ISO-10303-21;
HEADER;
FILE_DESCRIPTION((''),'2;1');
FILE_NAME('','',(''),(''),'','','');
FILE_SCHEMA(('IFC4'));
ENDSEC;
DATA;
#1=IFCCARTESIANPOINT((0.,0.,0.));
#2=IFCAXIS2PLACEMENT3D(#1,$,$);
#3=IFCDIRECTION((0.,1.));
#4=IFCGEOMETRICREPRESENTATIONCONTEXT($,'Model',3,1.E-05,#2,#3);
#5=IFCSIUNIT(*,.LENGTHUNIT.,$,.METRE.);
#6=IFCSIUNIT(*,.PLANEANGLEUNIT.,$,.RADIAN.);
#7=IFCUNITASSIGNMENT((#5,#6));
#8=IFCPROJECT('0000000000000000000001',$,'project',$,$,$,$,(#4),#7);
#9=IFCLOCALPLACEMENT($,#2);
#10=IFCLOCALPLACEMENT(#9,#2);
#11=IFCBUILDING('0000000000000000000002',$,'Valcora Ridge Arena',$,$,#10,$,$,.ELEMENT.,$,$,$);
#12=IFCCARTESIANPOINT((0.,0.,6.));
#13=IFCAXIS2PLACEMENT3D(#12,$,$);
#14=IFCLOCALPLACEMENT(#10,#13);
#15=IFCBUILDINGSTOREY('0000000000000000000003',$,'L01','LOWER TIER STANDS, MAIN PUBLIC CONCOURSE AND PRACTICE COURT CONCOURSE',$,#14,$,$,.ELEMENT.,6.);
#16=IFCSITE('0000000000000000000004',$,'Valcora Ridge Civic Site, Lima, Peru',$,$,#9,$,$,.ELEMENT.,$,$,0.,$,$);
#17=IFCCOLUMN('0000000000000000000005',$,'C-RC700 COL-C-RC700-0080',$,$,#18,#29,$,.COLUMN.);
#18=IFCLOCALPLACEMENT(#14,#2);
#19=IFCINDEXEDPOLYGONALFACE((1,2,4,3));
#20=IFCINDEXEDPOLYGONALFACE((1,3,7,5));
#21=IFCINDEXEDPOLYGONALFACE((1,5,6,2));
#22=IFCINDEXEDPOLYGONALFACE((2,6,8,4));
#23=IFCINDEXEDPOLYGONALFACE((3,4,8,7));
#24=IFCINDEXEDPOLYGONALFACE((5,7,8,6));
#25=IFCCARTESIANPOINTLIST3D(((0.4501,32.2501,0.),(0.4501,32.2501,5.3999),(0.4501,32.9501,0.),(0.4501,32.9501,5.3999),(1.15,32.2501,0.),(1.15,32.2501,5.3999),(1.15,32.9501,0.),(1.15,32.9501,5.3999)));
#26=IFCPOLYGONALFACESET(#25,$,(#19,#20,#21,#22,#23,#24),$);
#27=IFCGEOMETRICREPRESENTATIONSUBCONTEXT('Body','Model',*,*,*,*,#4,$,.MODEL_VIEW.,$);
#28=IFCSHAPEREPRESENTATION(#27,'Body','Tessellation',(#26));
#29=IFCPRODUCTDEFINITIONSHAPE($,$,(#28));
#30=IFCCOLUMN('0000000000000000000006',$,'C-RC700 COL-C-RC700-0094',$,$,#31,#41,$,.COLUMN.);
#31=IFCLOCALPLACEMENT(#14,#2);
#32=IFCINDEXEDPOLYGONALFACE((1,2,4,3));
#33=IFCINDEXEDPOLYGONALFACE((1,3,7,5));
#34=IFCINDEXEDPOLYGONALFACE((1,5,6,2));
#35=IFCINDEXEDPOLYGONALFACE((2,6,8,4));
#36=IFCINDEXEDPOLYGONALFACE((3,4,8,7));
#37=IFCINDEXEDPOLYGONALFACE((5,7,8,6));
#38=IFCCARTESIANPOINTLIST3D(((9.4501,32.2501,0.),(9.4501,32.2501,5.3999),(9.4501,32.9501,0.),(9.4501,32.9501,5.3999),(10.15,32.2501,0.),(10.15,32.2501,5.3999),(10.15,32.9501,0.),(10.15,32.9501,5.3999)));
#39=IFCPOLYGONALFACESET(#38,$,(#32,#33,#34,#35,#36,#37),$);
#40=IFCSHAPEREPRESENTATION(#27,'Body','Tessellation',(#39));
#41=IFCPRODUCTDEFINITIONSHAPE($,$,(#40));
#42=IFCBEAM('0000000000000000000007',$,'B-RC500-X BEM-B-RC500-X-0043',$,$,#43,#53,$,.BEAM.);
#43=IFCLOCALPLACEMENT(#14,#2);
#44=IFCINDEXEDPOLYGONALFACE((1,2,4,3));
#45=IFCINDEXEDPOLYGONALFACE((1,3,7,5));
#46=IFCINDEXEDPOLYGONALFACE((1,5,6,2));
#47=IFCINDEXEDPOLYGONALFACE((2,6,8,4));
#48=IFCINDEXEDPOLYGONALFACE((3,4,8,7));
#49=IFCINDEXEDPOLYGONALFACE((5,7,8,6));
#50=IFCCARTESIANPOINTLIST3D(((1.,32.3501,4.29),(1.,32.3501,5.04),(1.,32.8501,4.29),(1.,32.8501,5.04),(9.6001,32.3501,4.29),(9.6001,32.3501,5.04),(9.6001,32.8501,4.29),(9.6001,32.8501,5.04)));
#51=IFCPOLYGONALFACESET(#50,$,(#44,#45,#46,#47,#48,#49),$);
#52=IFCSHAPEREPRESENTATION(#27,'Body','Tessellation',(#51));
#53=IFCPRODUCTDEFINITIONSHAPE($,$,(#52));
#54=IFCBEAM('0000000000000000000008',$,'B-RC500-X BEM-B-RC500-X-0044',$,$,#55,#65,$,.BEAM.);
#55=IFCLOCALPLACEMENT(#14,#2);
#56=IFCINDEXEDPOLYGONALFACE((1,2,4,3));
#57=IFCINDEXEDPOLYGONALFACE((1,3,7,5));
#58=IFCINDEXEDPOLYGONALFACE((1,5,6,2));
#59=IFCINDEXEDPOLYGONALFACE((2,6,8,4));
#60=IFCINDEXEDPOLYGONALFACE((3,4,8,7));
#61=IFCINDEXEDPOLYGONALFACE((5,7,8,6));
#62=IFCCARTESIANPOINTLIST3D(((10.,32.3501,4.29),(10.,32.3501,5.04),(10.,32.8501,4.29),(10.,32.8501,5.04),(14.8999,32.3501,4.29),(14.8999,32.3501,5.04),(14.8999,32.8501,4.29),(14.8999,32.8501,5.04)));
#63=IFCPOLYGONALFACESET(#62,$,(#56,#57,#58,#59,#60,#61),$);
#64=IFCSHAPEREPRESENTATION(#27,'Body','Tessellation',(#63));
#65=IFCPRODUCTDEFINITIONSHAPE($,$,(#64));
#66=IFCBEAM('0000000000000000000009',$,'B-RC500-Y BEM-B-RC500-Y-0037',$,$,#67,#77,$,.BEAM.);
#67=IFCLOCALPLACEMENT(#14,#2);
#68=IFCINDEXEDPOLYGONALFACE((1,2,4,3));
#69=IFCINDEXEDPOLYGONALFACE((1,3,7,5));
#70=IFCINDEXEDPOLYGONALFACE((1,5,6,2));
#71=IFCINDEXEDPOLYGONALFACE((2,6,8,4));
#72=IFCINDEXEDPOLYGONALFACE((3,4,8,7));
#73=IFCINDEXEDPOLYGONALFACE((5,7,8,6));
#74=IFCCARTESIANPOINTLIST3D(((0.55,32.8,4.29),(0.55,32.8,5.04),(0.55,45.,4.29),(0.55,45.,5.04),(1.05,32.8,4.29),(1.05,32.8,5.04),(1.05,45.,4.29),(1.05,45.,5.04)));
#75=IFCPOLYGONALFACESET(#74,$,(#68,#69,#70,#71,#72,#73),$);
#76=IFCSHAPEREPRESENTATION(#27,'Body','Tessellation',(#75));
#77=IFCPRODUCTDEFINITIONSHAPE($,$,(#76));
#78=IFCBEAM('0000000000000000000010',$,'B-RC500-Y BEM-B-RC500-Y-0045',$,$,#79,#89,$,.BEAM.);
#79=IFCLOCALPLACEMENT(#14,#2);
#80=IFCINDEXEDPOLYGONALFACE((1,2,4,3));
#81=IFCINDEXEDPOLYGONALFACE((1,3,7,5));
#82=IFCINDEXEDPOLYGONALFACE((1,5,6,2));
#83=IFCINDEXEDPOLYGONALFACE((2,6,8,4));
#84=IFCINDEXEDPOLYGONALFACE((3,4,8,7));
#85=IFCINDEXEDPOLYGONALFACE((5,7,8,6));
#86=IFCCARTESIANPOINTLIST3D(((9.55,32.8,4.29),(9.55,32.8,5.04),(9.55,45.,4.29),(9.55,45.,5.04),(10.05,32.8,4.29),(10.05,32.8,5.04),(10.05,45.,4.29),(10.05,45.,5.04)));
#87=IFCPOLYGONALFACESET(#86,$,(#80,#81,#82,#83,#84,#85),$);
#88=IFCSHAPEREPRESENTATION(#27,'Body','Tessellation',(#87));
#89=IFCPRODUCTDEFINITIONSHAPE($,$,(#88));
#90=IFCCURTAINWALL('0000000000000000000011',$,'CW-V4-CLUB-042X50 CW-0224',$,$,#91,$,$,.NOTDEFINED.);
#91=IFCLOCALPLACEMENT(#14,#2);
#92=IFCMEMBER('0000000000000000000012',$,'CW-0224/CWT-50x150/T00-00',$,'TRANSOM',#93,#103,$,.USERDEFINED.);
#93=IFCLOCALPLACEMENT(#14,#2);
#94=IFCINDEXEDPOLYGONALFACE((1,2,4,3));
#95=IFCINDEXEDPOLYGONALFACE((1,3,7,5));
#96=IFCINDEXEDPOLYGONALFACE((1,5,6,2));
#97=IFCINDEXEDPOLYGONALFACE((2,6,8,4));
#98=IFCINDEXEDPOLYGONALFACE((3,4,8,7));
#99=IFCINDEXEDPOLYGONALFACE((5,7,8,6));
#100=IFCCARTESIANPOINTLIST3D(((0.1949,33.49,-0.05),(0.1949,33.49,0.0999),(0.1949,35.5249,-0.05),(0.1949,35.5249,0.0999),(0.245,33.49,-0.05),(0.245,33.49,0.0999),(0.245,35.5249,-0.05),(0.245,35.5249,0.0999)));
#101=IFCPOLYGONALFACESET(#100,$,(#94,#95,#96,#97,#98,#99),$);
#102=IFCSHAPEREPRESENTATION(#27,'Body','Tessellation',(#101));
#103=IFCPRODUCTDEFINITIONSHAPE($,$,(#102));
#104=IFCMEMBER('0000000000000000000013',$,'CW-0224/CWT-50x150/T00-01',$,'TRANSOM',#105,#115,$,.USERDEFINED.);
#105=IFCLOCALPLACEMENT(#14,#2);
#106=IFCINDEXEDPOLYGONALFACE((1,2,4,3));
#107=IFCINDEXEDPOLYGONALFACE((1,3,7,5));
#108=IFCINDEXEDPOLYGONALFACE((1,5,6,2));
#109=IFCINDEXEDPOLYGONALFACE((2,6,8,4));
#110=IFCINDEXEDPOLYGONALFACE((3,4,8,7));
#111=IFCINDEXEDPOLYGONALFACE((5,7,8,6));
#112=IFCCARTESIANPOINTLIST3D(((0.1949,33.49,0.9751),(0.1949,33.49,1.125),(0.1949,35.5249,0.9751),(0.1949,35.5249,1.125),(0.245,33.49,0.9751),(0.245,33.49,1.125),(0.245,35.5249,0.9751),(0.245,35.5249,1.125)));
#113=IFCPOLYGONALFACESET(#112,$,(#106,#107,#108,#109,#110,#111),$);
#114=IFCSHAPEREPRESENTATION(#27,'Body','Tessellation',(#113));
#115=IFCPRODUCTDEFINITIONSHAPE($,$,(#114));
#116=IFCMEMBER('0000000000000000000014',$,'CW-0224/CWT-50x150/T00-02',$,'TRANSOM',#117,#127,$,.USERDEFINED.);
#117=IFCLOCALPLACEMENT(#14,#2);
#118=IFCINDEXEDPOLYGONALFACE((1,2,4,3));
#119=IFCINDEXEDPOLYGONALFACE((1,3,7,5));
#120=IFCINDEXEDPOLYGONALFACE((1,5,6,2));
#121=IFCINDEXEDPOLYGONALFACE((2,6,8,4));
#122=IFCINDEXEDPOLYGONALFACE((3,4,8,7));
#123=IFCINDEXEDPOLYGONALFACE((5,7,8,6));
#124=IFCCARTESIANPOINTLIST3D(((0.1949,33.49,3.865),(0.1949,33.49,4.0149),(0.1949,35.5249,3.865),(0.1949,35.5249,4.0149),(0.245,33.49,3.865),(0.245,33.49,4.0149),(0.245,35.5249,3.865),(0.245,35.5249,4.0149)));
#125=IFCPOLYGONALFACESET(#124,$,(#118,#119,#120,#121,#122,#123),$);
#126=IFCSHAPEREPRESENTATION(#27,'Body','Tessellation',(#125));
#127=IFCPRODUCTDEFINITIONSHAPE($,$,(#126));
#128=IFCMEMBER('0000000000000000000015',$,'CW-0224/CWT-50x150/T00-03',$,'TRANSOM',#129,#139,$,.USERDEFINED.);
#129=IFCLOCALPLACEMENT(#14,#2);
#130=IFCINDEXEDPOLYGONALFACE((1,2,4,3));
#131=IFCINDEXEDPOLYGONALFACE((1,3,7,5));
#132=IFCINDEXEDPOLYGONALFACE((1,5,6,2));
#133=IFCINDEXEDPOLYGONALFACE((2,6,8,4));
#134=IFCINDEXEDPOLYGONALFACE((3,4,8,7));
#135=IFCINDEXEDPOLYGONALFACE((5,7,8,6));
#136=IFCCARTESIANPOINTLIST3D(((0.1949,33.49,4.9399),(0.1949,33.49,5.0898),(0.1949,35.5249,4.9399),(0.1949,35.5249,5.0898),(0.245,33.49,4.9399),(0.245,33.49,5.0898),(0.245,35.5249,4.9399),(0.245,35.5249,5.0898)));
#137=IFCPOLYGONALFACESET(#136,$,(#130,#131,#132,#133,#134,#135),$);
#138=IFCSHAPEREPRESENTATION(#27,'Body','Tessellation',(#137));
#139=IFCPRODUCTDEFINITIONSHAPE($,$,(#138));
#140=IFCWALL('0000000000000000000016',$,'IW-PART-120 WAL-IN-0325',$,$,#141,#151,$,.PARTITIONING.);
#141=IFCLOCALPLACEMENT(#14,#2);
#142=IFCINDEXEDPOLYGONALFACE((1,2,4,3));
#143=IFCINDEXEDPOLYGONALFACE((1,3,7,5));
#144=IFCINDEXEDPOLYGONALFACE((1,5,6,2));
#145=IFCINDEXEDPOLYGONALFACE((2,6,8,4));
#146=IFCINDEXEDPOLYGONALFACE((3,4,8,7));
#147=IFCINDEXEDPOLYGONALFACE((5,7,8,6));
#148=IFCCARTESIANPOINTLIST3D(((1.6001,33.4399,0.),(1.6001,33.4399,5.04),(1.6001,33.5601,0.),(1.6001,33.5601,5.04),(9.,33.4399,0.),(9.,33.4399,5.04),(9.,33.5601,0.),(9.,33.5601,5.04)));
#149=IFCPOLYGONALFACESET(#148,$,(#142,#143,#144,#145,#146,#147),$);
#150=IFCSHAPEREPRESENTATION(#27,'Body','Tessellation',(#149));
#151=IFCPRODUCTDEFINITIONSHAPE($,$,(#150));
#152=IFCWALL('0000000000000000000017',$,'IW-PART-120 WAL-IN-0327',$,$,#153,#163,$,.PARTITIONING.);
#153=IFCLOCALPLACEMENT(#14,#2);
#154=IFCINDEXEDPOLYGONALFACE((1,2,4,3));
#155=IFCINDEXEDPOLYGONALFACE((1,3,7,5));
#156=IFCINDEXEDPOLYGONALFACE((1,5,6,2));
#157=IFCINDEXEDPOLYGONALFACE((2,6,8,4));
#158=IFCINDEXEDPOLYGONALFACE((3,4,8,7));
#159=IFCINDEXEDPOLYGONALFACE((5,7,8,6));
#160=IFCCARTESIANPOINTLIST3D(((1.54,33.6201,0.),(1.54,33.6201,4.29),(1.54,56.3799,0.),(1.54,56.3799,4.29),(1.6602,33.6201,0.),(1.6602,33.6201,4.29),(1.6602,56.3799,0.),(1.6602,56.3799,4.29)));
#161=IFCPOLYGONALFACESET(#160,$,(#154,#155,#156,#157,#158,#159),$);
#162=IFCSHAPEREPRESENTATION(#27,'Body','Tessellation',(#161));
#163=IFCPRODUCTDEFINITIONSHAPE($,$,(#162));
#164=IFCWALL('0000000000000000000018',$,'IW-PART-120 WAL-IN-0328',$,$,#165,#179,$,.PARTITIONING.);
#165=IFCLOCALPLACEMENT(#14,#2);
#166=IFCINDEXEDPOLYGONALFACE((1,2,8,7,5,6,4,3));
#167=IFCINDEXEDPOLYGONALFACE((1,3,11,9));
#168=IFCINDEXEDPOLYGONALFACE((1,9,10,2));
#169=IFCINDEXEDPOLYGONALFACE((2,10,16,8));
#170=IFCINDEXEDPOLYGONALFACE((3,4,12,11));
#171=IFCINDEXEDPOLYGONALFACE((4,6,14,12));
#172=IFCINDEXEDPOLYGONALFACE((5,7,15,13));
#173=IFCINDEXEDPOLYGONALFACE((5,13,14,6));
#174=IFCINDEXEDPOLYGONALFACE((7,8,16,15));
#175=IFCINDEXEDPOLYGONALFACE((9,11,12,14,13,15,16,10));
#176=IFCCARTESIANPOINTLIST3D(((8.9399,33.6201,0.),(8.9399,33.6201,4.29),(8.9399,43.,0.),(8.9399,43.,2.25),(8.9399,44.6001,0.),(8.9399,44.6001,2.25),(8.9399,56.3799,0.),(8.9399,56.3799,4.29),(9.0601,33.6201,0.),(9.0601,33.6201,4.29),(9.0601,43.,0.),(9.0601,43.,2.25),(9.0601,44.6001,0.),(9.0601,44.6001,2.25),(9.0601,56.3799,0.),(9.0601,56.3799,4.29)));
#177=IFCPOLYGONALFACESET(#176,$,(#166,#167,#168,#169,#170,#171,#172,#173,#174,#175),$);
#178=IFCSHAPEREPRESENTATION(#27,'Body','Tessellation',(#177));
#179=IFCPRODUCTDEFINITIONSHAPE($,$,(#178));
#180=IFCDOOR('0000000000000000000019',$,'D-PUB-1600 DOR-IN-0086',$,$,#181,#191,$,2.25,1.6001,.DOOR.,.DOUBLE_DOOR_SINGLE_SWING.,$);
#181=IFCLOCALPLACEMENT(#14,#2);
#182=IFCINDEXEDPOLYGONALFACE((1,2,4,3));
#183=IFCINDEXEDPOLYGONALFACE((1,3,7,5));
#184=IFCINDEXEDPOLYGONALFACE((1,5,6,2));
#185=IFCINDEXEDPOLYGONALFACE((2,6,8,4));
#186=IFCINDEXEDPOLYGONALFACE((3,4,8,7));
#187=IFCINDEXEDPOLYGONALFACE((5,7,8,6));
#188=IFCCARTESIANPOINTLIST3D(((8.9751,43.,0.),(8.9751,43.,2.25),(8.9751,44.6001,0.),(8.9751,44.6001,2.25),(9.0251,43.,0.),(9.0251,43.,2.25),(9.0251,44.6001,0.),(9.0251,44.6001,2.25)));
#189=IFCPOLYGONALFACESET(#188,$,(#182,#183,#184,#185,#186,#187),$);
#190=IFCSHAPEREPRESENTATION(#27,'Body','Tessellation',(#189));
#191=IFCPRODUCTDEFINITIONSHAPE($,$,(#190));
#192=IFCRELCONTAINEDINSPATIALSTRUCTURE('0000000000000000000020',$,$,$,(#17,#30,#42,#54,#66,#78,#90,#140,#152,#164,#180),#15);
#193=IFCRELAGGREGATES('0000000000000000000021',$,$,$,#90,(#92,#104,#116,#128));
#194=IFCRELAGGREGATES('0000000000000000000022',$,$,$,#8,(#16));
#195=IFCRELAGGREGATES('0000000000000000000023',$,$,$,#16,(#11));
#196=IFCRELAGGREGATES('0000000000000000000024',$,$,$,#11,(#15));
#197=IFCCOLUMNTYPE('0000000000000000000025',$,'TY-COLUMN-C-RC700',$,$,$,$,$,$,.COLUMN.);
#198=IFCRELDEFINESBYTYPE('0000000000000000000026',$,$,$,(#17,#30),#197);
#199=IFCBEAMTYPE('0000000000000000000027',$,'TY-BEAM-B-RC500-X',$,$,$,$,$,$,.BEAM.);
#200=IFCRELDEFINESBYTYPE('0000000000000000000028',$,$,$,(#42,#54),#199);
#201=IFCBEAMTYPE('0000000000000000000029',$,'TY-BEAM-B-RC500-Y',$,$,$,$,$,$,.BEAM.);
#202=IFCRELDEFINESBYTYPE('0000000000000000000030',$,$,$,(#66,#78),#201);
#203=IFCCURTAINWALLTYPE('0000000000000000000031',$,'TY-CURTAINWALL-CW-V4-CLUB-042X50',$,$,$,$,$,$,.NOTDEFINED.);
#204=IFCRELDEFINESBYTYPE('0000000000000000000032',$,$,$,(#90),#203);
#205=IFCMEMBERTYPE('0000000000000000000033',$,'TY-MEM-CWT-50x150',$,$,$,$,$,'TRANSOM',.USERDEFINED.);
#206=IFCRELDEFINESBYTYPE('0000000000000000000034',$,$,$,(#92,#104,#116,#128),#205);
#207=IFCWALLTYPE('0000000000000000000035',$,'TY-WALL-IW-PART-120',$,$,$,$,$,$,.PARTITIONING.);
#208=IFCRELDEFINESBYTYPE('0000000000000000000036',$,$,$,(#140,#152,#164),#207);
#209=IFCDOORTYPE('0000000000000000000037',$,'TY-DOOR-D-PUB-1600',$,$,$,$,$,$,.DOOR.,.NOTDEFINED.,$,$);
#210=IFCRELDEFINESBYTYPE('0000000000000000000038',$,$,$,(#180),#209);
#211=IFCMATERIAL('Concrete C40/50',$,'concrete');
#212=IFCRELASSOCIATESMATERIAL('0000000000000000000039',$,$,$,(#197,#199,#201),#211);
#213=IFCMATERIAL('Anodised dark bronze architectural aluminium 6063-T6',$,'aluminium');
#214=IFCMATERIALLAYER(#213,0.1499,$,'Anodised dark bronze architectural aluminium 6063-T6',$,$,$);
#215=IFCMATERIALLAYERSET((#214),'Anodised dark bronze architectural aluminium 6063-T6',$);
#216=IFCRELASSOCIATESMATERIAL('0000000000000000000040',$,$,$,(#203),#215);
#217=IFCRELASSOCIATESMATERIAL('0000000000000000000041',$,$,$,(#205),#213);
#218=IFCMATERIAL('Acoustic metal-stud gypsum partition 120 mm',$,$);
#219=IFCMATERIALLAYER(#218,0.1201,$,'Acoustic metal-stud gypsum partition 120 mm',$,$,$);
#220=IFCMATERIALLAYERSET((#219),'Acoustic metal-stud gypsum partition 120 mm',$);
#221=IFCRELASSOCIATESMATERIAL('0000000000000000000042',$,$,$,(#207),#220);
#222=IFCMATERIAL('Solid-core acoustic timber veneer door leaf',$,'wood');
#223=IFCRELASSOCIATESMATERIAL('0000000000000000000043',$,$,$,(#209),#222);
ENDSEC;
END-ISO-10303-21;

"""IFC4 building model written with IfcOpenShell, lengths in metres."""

from ifc_helpers import new_model, si_unit, direction, frame, frame_2d, origin, origin_2d, place, context, subcontext, project, spatial, rectangle, extrude, material, layer, layer_set, material_profile, profile_set, type_object, element, fill, aggregate, save


model = new_model("IFC4")

# Units and contexts
model_context = context("Model", 3, precision=1e-05, world=origin(), true_north=direction((0.0, 1.0)))
body_context = subcontext(model_context, "Body", "Model", "MODEL_VIEW")
ifc_project = project(units=[si_unit("LENGTHUNIT", "METRE"), si_unit("PLANEANGLEUNIT", "RADIAN")], contexts=[model_context])

# Site, building, storey
site_placement = place(None, origin())
site = spatial("IfcSite", under=ifc_project, at=site_placement, Name="Valcora Ridge Civic Site, Lima, Peru", CompositionType="ELEMENT", RefElevation=0.0)
building_placement = place(site_placement, origin())
building = spatial("IfcBuilding", under=site, at=building_placement, Name="Valcora Ridge Arena", CompositionType="ELEMENT")
storey_placement = place(building_placement, frame((0.0, 0.0, 6.0)))
storey = spatial("IfcBuildingStorey", under=building, at=storey_placement, Name="L01", Description="LOWER TIER STANDS, MAIN PUBLIC CONCOURSE AND PRACTICE COURT CONCOURSE", CompositionType="ELEMENT", Elevation=6.0)

# Columns
ifc_material_1 = material(Name="Concrete C40/50", Category="concrete")
ifc_material_profile_1 = material_profile(ifc_material_1, rectangle(XDim=0.7, YDim=0.7, at=origin_2d()), Name="RC 700x700")
ifc_profile_set_1 = profile_set([ifc_material_profile_1], Name="Concrete C40/50")
column_type = type_object("IfcColumnType", Name="TY-COLUMN-C-RC700", PredefinedType="COLUMN", material=ifc_profile_set_1)
for number, where, z_axis, x_axis, name in (
    (1, (0.8, 32.6001, 0.0), (0.0, 0.0, 1.0), (1.0, 0.0, 0.0), "C-RC700 COL-C-RC700-0080"),
    (2, (9.8, 32.6001, 0.0), (0.0, 0.0, 1.0), (1.0, 0.0, 0.0), "C-RC700 COL-C-RC700-0094"),
):
    element("IfcColumn", number, at=place(storey_placement, frame(where, z_axis=z_axis, x_axis=x_axis)), inside=storey, type_object=column_type, Name=name, PredefinedType="COLUMN", context=body_context, shape_type="SweptSolid", body=[
        extrude(rectangle(XDim=0.7, YDim=0.7, at=origin_2d()), origin(), (0.0, 0.0, 1.0), 5.3999),
    ])

# Beams
ifc_material_profile_2 = material_profile(ifc_material_1, rectangle(XDim=0.5, YDim=0.75, at=origin_2d()), Name="RC 500x750")
ifc_profile_set_2 = profile_set([ifc_material_profile_2], Name="Concrete C40/50")
beam_type_1 = type_object("IfcBeamType", Name="TY-BEAM-B-RC500-X", PredefinedType="BEAM", material=ifc_profile_set_2)
beam_1_placement = place(storey_placement, frame((1.0, 32.6001, 4.665), z_axis=(1.0, 0.0, 0.0), x_axis=(0.0, 1.0, 0.0)))
element("IfcBeam", 3, at=beam_1_placement, inside=storey, type_object=beam_type_1, Name="B-RC500-X BEM-B-RC500-X-0043", PredefinedType="BEAM", context=body_context, shape_type="SweptSolid", body=[
    extrude(rectangle(XDim=0.5, YDim=0.75, at=origin_2d()), origin(), (0.0, 0.0, 1.0), 8.6001),
])
beam_2_placement = place(storey_placement, frame((10.0, 32.6001, 4.665), z_axis=(1.0, 0.0, 0.0), x_axis=(0.0, 1.0, 0.0)))
element("IfcBeam", 4, at=beam_2_placement, inside=storey, type_object=beam_type_1, Name="B-RC500-X BEM-B-RC500-X-0044", PredefinedType="BEAM", context=body_context, shape_type="SweptSolid", body=[
    extrude(rectangle(XDim=0.5, YDim=0.75, at=origin_2d()), origin(), (0.0, 0.0, 1.0), 4.8999),
])
ifc_material_profile_3 = material_profile(ifc_material_1, rectangle(XDim=0.5, YDim=0.75, at=origin_2d()), Name="RC 500x750")
ifc_profile_set_3 = profile_set([ifc_material_profile_3], Name="Concrete C40/50")
beam_type_2 = type_object("IfcBeamType", Name="TY-BEAM-B-RC500-Y", PredefinedType="BEAM", material=ifc_profile_set_3)
for number, where, z_axis, x_axis, name in (
    (5, (0.8, 32.8, 4.665), (0.0, 1.0, 0.0), (-1.0, 0.0, 0.0), "B-RC500-Y BEM-B-RC500-Y-0037"),
    (6, (9.8, 32.8, 4.665), (0.0, 1.0, 0.0), (-1.0, 0.0, 0.0), "B-RC500-Y BEM-B-RC500-Y-0045"),
):
    element("IfcBeam", number, at=place(storey_placement, frame(where, z_axis=z_axis, x_axis=x_axis)), inside=storey, type_object=beam_type_2, Name=name, PredefinedType="BEAM", context=body_context, shape_type="SweptSolid", body=[
        extrude(rectangle(XDim=0.5, YDim=0.75, at=origin_2d()), origin(), (0.0, 0.0, 1.0), 12.2),
    ])

# Curtain wall, members
ifc_material_2 = material(Name="Anodised dark bronze architectural aluminium 6063-T6", Category="aluminium")
ifc_layer_1 = layer(ifc_material_2, 0.1499, Name="Anodised dark bronze architectural aluminium 6063-T6")
ifc_layer_set_1 = layer_set([ifc_layer_1], Name="Anodised dark bronze architectural aluminium 6063-T6")
curtain_wall_type = type_object("IfcCurtainWallType", Name="TY-CURTAINWALL-CW-V4-CLUB-042X50", PredefinedType="NOTDEFINED", material=ifc_layer_set_1)
curtain_wall_placement = place(storey_placement, origin())
curtain_wall = element("IfcCurtainWall", 7, at=curtain_wall_placement, inside=storey, type_object=curtain_wall_type, Name="CW-V4-CLUB-042X50 CW-0224", PredefinedType="NOTDEFINED")
ifc_material_profile_4 = material_profile(ifc_material_2, rectangle(XDim=0.05, YDim=0.1499, at=origin_2d()), Name="ALU TRANSOM 50x150")
ifc_profile_set_4 = profile_set([ifc_material_profile_4], Name="Anodised dark bronze architectural aluminium 6063-T6")
member_type = type_object("IfcMemberType", Name="TY-MEM-CWT-50x150", ElementType="TRANSOM", PredefinedType="USERDEFINED", material=ifc_profile_set_4)
member_1_placement = place(storey_placement, frame((0.22, 33.49, 0.0249), z_axis=(0.0, 1.0, 0.0), x_axis=(-1.0, 0.0, 0.0)))
member_1 = element("IfcMember", 8, at=member_1_placement, type_object=member_type, Name="CW-0224/CWT-50x150/T00-00", ObjectType="TRANSOM", PredefinedType="USERDEFINED", context=body_context, shape_type="SweptSolid", body=[
    extrude(rectangle(XDim=0.05, YDim=0.1499, at=origin_2d()), origin(), (0.0, 0.0, 1.0), 2.0349),
])
member_2_placement = place(storey_placement, frame((0.22, 33.49, 1.05), z_axis=(0.0, 1.0, 0.0), x_axis=(-1.0, 0.0, 0.0)))
member_2 = element("IfcMember", 9, at=member_2_placement, type_object=member_type, Name="CW-0224/CWT-50x150/T00-01", ObjectType="TRANSOM", PredefinedType="USERDEFINED", context=body_context, shape_type="SweptSolid", body=[
    extrude(rectangle(XDim=0.05, YDim=0.1499, at=origin_2d()), origin(), (0.0, 0.0, 1.0), 2.0349),
])
member_3_placement = place(storey_placement, frame((0.22, 33.49, 3.9399), z_axis=(0.0, 1.0, 0.0), x_axis=(-1.0, 0.0, 0.0)))
member_3 = element("IfcMember", 10, at=member_3_placement, type_object=member_type, Name="CW-0224/CWT-50x150/T00-02", ObjectType="TRANSOM", PredefinedType="USERDEFINED", context=body_context, shape_type="SweptSolid", body=[
    extrude(rectangle(XDim=0.05, YDim=0.1499, at=origin_2d()), origin(), (0.0, 0.0, 1.0), 2.0349),
])
member_4_placement = place(storey_placement, frame((0.22, 33.49, 5.0149), z_axis=(0.0, 1.0, 0.0), x_axis=(-1.0, 0.0, 0.0)))
member_4 = element("IfcMember", 11, at=member_4_placement, type_object=member_type, Name="CW-0224/CWT-50x150/T00-03", ObjectType="TRANSOM", PredefinedType="USERDEFINED", context=body_context, shape_type="SweptSolid", body=[
    extrude(rectangle(XDim=0.05, YDim=0.1499, at=origin_2d()), origin(), (0.0, 0.0, 1.0), 2.0349),
])
aggregate(curtain_wall, [member_1, member_2, member_3, member_4])

# Walls
ifc_material_3 = material(Name="Acoustic metal-stud gypsum partition 120 mm")
ifc_layer_2 = layer(ifc_material_3, 0.1201, Name="Acoustic metal-stud gypsum partition 120 mm")
ifc_layer_set_2 = layer_set([ifc_layer_2], Name="Acoustic metal-stud gypsum partition 120 mm")
wall_type_1 = type_object("IfcWallType", Name="TY-WALL-IW-PART-120", PredefinedType="PARTITIONING", material=ifc_layer_set_2)
wall_1_placement = place(storey_placement, frame((1.6001, 33.5, 0.0), z_axis=(0.0, 0.0, 1.0), x_axis=(1.0, 0.0, 0.0)))
element("IfcWall", 12, at=wall_1_placement, inside=storey, type_object=wall_type_1, Name="IW-PART-120 WAL-IN-0325", PredefinedType="PARTITIONING", context=body_context, shape_type="SweptSolid", body=[
    extrude(rectangle(XDim=7.3999, YDim=0.1201, at=frame_2d((3.7, 0.0))), origin(), (0.0, 0.0, 1.0), 5.04),
])
wall_2_placement = place(storey_placement, frame((1.6001, 33.6201, 0.0), z_axis=(0.0, 0.0, 1.0), x_axis=(0.0, 1.0, 0.0)))
element("IfcWall", 13, at=wall_2_placement, inside=storey, type_object=wall_type_1, Name="IW-PART-120 WAL-IN-0327", PredefinedType="PARTITIONING", context=body_context, shape_type="SweptSolid", body=[
    extrude(rectangle(XDim=22.7598, YDim=0.1201, at=frame_2d((11.3799, 0.0))), origin(), (0.0, 0.0, 1.0), 4.29),
])

# Wall, opening, door
wall_3_placement = place(storey_placement, frame((9.0, 33.6201, 0.0), z_axis=(0.0, 0.0, 1.0), x_axis=(0.0, 1.0, 0.0)))
wall_3 = element("IfcWall", 14, at=wall_3_placement, inside=storey, type_object=wall_type_1, Name="IW-PART-120 WAL-IN-0328", PredefinedType="PARTITIONING", context=body_context, shape_type="SweptSolid", body=[
    extrude(rectangle(XDim=22.7598, YDim=0.1201, at=frame_2d((11.3799, 0.0))), origin(), (0.0, 0.0, 1.0), 4.29),
])
opening_placement = place(wall_3_placement, frame((9.3799, 0.0, 0.0)))
opening = element("IfcOpeningElement", 15, at=opening_placement, cuts=wall_3, PredefinedType="OPENING", context=body_context, shape_type="SweptSolid", body=[
    extrude(rectangle(XDim=1.6001, YDim=2.25, at=frame_2d((0.8, 1.125))), frame((0.0, 0.0701, 0.0), z_axis=(0.0, -1.0, 0.0), x_axis=(1.0, 0.0, 0.0)), (0.0, 0.0, 1.0), 0.1401),
])
ifc_material_4 = material(Name="Solid-core acoustic timber veneer door leaf", Category="wood")
door_type = type_object("IfcDoorType", Name="TY-DOOR-D-PUB-1600", OperationType="NOTDEFINED", PredefinedType="DOOR", material=ifc_material_4)
door_placement = place(opening_placement, origin())
door = element("IfcDoor", 16, at=door_placement, inside=storey, type_object=door_type, Name="D-PUB-1600 DOR-IN-0086", OperationType="DOUBLE_DOOR_SINGLE_SWING", OverallHeight=2.25, OverallWidth=1.6001, PredefinedType="DOOR", context=body_context, shape_type="SweptSolid", body=[
    extrude(rectangle(XDim=1.6001, YDim=2.25, at=frame_2d((0.8, 1.125))), frame((0.0, 0.0249, 0.0), z_axis=(0.0, -1.0, 0.0), x_axis=(1.0, 0.0, 0.0)), (0.0, 0.0, 1.0), 0.05),
])
fill(opening, door)

save(model, "model.ifc")
